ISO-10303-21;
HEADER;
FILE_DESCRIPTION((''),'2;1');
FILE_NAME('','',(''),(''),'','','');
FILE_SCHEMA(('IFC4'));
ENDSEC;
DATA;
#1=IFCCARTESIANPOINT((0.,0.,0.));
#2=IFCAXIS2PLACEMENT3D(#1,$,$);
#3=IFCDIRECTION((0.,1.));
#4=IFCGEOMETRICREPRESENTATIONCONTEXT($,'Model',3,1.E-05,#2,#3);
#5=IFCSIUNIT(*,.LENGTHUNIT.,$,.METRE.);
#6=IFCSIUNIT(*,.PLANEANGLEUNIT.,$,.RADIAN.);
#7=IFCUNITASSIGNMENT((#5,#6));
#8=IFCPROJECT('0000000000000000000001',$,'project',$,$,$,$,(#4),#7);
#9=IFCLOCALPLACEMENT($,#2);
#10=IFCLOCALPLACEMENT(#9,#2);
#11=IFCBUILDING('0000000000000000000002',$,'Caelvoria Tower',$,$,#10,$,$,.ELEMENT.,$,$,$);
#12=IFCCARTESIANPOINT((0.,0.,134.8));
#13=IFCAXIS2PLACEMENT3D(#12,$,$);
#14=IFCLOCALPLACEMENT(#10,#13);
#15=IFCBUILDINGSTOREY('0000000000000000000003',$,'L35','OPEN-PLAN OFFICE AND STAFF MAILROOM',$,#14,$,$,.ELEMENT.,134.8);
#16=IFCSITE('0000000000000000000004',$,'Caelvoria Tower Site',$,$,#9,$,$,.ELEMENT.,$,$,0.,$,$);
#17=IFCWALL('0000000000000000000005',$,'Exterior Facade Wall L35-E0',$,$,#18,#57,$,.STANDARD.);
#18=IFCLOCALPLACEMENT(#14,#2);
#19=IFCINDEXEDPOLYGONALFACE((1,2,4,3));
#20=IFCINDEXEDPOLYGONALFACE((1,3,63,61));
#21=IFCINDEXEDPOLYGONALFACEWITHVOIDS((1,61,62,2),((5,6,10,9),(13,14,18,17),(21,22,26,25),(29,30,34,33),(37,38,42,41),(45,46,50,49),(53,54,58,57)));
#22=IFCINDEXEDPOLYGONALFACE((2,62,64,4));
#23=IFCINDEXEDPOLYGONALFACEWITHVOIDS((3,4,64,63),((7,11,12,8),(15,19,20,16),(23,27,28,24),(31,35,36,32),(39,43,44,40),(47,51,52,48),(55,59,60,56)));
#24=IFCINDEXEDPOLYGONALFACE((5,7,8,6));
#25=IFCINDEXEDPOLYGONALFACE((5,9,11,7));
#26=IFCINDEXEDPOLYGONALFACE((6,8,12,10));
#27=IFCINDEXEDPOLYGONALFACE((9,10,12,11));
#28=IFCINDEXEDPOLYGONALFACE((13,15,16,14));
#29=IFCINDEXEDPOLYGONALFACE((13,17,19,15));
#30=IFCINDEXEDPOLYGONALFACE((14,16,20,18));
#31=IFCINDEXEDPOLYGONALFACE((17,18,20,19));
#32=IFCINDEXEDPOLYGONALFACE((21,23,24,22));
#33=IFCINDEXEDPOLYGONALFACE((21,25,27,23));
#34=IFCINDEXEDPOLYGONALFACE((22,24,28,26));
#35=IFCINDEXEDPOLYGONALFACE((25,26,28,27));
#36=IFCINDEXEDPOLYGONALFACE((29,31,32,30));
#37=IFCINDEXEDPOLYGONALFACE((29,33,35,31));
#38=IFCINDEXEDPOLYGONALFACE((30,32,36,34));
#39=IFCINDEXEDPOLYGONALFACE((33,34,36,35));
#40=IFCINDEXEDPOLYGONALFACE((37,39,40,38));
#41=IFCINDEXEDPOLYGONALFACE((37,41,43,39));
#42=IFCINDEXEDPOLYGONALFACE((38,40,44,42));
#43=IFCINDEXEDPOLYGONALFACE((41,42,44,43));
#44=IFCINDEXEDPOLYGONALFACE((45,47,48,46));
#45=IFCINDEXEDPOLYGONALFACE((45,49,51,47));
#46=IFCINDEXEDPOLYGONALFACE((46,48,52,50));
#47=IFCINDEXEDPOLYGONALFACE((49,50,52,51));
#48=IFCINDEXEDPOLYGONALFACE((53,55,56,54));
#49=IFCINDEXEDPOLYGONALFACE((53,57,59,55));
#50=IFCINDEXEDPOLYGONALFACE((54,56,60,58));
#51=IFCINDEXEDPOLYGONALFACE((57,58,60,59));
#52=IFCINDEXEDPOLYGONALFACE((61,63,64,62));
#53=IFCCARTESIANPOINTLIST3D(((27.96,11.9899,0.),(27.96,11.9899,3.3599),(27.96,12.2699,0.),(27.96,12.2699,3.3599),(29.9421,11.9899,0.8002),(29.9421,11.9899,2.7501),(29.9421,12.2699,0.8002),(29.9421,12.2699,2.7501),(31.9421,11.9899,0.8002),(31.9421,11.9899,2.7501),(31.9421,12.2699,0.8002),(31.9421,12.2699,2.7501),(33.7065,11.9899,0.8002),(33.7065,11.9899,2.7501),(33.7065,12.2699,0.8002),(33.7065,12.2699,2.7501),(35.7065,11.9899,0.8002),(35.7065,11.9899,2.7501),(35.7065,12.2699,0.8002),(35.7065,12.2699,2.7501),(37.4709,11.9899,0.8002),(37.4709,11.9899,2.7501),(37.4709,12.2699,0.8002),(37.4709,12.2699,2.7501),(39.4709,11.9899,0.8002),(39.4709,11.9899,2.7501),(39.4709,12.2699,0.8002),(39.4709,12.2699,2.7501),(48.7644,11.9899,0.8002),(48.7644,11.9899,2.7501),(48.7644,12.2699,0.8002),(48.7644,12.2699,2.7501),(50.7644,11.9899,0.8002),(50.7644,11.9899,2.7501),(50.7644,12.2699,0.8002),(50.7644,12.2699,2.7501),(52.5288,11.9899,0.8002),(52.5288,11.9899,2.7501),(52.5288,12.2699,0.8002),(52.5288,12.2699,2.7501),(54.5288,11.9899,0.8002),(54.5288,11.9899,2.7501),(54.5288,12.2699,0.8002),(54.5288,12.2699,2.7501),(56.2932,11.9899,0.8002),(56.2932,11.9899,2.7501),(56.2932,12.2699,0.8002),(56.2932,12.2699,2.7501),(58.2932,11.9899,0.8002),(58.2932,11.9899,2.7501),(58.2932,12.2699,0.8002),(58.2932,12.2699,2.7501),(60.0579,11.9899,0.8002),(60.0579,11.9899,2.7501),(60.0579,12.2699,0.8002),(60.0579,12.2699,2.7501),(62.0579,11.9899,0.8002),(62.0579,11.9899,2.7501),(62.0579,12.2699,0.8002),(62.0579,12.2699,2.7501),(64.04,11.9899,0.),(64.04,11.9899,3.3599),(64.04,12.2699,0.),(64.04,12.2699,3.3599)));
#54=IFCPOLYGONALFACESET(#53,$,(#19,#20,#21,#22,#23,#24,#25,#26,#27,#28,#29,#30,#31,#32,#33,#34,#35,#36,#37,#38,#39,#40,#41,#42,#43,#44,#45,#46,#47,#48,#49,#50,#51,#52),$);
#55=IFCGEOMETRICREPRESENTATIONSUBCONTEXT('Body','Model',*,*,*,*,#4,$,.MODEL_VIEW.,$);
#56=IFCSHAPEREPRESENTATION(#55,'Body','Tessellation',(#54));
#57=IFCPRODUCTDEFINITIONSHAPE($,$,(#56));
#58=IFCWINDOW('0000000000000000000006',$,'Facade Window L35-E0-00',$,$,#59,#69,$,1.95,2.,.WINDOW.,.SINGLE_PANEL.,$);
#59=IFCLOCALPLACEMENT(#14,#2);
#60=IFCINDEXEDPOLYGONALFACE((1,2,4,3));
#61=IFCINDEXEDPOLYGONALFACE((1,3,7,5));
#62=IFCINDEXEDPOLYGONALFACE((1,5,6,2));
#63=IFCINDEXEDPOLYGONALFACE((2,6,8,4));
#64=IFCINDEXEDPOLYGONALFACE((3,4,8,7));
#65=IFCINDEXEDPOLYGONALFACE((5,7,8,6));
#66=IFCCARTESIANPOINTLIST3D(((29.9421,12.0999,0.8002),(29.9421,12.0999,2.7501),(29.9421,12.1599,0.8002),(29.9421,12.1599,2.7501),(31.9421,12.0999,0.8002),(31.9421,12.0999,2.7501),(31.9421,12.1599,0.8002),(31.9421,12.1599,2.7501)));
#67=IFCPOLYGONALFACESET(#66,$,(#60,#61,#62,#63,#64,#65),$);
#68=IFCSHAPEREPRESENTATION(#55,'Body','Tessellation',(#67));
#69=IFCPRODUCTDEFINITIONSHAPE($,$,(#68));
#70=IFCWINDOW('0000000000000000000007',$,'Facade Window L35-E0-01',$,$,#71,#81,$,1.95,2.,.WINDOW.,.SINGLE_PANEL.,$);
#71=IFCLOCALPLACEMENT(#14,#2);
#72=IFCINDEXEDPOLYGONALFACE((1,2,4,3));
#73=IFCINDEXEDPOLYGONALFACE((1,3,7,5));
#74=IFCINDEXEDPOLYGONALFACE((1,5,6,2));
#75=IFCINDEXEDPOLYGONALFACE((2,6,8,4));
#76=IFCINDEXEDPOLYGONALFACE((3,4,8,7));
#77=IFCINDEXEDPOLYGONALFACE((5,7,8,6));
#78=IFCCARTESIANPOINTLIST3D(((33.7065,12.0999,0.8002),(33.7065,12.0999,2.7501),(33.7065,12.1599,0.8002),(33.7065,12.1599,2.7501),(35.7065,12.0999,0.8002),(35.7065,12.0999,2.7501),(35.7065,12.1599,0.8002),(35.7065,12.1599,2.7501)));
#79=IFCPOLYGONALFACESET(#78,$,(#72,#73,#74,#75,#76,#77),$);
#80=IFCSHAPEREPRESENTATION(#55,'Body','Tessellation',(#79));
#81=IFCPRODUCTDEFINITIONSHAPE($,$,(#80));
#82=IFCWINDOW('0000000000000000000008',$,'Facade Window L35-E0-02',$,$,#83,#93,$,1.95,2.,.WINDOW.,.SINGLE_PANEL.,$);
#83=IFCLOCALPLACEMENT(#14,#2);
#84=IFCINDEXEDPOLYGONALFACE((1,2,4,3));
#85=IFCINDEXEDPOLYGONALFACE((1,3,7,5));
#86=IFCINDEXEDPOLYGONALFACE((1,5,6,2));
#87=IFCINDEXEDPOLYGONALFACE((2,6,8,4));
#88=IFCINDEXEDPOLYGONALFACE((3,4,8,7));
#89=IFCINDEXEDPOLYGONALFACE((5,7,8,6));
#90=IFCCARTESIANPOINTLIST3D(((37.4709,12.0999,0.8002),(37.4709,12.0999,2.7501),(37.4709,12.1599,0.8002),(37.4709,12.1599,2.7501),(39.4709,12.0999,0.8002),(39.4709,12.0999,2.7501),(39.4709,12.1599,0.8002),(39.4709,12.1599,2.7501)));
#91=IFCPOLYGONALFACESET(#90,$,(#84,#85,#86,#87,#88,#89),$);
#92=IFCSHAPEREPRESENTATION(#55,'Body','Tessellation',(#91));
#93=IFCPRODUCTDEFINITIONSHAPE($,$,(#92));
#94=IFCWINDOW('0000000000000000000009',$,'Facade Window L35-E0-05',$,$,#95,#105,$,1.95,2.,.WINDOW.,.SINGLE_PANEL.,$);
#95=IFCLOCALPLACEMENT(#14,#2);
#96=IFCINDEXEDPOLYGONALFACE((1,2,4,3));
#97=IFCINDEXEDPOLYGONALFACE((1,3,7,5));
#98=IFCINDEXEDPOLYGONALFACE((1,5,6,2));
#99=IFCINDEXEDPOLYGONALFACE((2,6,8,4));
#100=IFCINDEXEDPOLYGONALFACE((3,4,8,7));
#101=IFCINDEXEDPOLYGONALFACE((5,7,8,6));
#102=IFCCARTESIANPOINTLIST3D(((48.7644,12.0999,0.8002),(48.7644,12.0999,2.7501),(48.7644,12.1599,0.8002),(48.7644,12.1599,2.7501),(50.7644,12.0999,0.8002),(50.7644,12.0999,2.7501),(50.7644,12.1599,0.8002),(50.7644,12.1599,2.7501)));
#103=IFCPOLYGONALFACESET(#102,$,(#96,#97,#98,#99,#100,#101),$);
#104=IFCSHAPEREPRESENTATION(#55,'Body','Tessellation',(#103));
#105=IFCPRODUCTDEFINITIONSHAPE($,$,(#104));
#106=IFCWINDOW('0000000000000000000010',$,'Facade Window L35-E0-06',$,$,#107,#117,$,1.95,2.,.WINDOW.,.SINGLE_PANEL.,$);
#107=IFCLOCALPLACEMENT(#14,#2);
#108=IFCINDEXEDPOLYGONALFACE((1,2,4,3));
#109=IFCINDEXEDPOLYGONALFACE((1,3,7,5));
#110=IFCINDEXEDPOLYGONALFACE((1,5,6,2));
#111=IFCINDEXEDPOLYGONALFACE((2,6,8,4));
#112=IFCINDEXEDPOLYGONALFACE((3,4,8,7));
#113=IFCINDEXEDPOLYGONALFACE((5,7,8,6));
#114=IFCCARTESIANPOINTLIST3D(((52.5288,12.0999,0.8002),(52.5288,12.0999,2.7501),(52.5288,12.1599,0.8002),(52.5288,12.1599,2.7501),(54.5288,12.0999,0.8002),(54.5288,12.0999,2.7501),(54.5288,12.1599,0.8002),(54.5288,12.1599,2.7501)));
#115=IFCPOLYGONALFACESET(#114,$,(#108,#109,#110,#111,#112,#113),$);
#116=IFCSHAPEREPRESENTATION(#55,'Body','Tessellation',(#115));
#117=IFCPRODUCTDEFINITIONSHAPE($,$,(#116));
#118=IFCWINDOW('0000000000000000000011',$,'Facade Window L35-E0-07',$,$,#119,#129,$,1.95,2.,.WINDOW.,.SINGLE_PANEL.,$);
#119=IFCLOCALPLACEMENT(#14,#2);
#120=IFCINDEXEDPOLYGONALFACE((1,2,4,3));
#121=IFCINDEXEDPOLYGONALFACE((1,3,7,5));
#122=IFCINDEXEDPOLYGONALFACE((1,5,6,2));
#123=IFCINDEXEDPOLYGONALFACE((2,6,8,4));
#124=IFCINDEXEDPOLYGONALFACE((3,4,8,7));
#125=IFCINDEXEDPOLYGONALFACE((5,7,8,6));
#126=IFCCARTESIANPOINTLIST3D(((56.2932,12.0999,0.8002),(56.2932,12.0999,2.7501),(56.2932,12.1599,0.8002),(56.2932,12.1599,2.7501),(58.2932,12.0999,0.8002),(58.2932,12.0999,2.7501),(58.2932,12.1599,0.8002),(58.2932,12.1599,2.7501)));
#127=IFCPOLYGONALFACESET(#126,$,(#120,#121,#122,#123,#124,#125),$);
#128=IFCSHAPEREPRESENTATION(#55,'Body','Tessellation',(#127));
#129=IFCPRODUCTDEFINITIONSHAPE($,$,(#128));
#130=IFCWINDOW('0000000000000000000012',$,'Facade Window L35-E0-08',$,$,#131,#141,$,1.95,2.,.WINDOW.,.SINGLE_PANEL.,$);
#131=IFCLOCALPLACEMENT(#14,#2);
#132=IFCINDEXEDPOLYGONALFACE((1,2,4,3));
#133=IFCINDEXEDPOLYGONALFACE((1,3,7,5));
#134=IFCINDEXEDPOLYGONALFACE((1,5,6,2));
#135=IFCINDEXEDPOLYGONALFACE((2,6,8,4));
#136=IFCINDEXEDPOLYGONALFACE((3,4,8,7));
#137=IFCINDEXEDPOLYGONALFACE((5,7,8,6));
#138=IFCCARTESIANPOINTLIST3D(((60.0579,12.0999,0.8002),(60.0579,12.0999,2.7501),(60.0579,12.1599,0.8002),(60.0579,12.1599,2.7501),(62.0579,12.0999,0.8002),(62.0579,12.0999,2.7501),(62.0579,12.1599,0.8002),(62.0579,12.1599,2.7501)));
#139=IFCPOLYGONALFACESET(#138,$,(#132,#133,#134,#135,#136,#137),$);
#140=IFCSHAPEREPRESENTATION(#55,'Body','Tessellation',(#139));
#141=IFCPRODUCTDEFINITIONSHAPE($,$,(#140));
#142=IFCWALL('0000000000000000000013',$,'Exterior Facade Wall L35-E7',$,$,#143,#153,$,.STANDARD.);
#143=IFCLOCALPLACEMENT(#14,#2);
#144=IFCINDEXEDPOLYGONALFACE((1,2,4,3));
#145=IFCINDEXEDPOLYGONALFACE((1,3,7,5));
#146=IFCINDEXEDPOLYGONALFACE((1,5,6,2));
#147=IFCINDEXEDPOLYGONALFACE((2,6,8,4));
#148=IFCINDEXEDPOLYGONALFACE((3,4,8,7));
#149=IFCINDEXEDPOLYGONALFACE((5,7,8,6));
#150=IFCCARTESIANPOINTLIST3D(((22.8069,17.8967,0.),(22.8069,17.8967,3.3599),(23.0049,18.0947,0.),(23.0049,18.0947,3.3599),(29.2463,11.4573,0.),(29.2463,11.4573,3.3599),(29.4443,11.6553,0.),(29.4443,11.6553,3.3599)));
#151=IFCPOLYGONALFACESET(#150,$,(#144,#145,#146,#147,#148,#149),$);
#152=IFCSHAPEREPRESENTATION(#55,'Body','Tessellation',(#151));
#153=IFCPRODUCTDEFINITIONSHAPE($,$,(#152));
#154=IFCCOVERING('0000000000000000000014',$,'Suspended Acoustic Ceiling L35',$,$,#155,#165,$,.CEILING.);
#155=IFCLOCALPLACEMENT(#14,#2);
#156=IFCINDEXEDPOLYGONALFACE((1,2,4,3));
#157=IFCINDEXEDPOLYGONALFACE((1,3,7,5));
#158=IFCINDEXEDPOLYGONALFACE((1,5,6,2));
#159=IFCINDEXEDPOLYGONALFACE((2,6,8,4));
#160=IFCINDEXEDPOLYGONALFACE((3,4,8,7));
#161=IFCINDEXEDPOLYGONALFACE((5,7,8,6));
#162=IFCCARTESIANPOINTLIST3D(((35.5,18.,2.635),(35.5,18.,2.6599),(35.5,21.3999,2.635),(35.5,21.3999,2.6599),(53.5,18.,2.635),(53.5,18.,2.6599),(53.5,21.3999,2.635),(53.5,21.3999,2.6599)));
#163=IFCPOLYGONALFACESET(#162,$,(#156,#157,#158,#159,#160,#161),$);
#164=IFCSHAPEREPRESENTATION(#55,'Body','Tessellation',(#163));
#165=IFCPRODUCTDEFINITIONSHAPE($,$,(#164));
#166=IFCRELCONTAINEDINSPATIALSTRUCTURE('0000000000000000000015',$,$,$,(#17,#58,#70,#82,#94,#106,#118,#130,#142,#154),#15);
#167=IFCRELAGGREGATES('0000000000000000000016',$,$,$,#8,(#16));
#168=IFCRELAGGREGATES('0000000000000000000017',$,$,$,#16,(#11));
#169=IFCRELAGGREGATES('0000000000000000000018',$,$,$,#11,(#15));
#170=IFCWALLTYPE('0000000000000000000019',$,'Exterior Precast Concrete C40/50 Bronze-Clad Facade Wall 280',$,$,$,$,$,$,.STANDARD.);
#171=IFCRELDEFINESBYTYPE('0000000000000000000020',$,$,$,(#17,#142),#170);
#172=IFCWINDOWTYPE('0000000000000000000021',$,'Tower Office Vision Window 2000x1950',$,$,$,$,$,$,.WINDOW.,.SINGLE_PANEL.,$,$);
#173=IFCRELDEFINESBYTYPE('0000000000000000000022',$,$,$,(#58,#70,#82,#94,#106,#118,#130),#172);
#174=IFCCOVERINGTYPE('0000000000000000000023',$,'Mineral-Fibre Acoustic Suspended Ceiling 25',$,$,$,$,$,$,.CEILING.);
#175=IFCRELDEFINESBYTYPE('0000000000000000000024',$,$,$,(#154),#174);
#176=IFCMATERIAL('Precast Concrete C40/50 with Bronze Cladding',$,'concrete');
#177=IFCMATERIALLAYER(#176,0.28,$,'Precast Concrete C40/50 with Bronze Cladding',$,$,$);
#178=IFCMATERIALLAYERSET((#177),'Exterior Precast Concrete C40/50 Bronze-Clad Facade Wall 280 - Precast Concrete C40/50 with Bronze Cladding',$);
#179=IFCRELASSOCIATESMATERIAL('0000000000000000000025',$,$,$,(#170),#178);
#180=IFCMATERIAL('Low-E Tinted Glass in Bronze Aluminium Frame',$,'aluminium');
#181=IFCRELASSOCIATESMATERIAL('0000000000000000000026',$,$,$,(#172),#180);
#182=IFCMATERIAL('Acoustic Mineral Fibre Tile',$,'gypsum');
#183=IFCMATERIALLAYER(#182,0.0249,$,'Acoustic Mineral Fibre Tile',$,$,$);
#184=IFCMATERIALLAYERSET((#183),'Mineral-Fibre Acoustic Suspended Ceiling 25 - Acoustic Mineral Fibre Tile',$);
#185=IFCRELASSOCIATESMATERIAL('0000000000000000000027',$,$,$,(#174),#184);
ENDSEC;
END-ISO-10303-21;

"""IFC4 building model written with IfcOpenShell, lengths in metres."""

from ifc_helpers import new_model, si_unit, direction, frame, frame_2d, origin, place, context, subcontext, project, spatial, polyline, rectangle, outline, extrude, material, layer, layer_set, type_object, element, fill, save


model = new_model("IFC4")

# Units and contexts
model_context = context("Model", 3, precision=1e-05, world=origin(), true_north=direction((0.0, 1.0)))
body_context = subcontext(model_context, "Body", "Model", "MODEL_VIEW")
ifc_project = project(units=[si_unit("LENGTHUNIT", "METRE"), si_unit("PLANEANGLEUNIT", "RADIAN")], contexts=[model_context])

# Site, building, storey
site_placement = place(None, origin())
site = spatial("IfcSite", under=ifc_project, at=site_placement, Name="Caelvoria Tower Site", CompositionType="ELEMENT", RefElevation=0.0)
building_placement = place(site_placement, origin())
building = spatial("IfcBuilding", under=site, at=building_placement, Name="Caelvoria Tower", CompositionType="ELEMENT")
storey_placement = place(building_placement, frame((0.0, 0.0, 134.8)))
storey = spatial("IfcBuildingStorey", under=building, at=storey_placement, Name="L35", Description="OPEN-PLAN OFFICE AND STAFF MAILROOM", CompositionType="ELEMENT", Elevation=134.8)

# Wall, openings, windows
ifc_material_1 = material(Name="Precast Concrete C40/50 with Bronze Cladding", Category="concrete")
ifc_layer_1 = layer(ifc_material_1, 0.28, Name="Precast Concrete C40/50 with Bronze Cladding")
ifc_layer_set_1 = layer_set([ifc_layer_1], Name="Exterior Precast Concrete C40/50 Bronze-Clad Facade Wall 280 - Precast Concrete C40/50 with Bronze Cladding")
wall_type = type_object("IfcWallType", Name="Exterior Precast Concrete C40/50 Bronze-Clad Facade Wall 280", PredefinedType="STANDARD", material=ifc_layer_set_1)
wall_1_placement = place(storey_placement, frame((27.96, 12.1299, 0.0), z_axis=(0.0, 0.0, 1.0), x_axis=(1.0, 0.0, 0.0)))
wall_1 = element("IfcWall", 1, at=wall_1_placement, inside=storey, type_object=wall_type, Name="Exterior Facade Wall L35-E0", PredefinedType="STANDARD", context=body_context, shape_type="SweptSolid", body=[
    extrude(rectangle(XDim=36.0801, YDim=0.28, at=frame_2d((18.04, 0.0))), origin(), (0.0, 0.0, 1.0), 3.3599),
])
opening_1_placement = place(wall_1_placement, frame((1.9822, 0.0, 0.8)))
opening_1 = element("IfcOpeningElement", 2, at=opening_1_placement, cuts=wall_1, PredefinedType="OPENING", context=body_context, shape_type="SweptSolid", body=[
    extrude(rectangle(XDim=2.0, YDim=1.95, at=frame_2d((1.0, 0.9751))), frame((0.0, 0.1499, 0.0), z_axis=(0.0, -1.0, 0.0), x_axis=(1.0, 0.0, 0.0)), (0.0, 0.0, 1.0), 0.3),
])
opening_2_placement = place(wall_1_placement, frame((5.7466, 0.0, 0.8)))
opening_2 = element("IfcOpeningElement", 3, at=opening_2_placement, cuts=wall_1, PredefinedType="OPENING", context=body_context, shape_type="SweptSolid", body=[
    extrude(rectangle(XDim=2.0, YDim=1.95, at=frame_2d((1.0, 0.9751))), frame((0.0, 0.1499, 0.0), z_axis=(0.0, -1.0, 0.0), x_axis=(1.0, 0.0, 0.0)), (0.0, 0.0, 1.0), 0.3),
])
opening_3_placement = place(wall_1_placement, frame((9.511, 0.0, 0.8)))
opening_3 = element("IfcOpeningElement", 4, at=opening_3_placement, cuts=wall_1, PredefinedType="OPENING", context=body_context, shape_type="SweptSolid", body=[
    extrude(rectangle(XDim=2.0, YDim=1.95, at=frame_2d((1.0, 0.9751))), frame((0.0, 0.1499, 0.0), z_axis=(0.0, -1.0, 0.0), x_axis=(1.0, 0.0, 0.0)), (0.0, 0.0, 1.0), 0.3),
])
opening_4_placement = place(wall_1_placement, frame((20.8044, 0.0, 0.8)))
opening_4 = element("IfcOpeningElement", 5, at=opening_4_placement, cuts=wall_1, PredefinedType="OPENING", context=body_context, shape_type="SweptSolid", body=[
    extrude(rectangle(XDim=2.0, YDim=1.95, at=frame_2d((1.0, 0.9751))), frame((0.0, 0.1499, 0.0), z_axis=(0.0, -1.0, 0.0), x_axis=(1.0, 0.0, 0.0)), (0.0, 0.0, 1.0), 0.3),
])
opening_5_placement = place(wall_1_placement, frame((24.5688, 0.0, 0.8)))
opening_5 = element("IfcOpeningElement", 6, at=opening_5_placement, cuts=wall_1, PredefinedType="OPENING", context=body_context, shape_type="SweptSolid", body=[
    extrude(rectangle(XDim=2.0, YDim=1.95, at=frame_2d((1.0, 0.9751))), frame((0.0, 0.1499, 0.0), z_axis=(0.0, -1.0, 0.0), x_axis=(1.0, 0.0, 0.0)), (0.0, 0.0, 1.0), 0.3),
])
opening_6_placement = place(wall_1_placement, frame((28.3333, 0.0, 0.8)))
opening_6 = element("IfcOpeningElement", 7, at=opening_6_placement, cuts=wall_1, PredefinedType="OPENING", context=body_context, shape_type="SweptSolid", body=[
    extrude(rectangle(XDim=2.0, YDim=1.95, at=frame_2d((1.0, 0.9751))), frame((0.0, 0.1499, 0.0), z_axis=(0.0, -1.0, 0.0), x_axis=(1.0, 0.0, 0.0)), (0.0, 0.0, 1.0), 0.3),
])
opening_7_placement = place(wall_1_placement, frame((32.0979, 0.0, 0.8)))
opening_7 = element("IfcOpeningElement", 8, at=opening_7_placement, cuts=wall_1, PredefinedType="OPENING", context=body_context, shape_type="SweptSolid", body=[
    extrude(rectangle(XDim=2.0, YDim=1.95, at=frame_2d((1.0, 0.9751))), frame((0.0, 0.1499, 0.0), z_axis=(0.0, -1.0, 0.0), x_axis=(1.0, 0.0, 0.0)), (0.0, 0.0, 1.0), 0.3),
])
ifc_material_2 = material(Name="Low-E Tinted Glass in Bronze Aluminium Frame", Category="aluminium")
window_type = type_object("IfcWindowType", Name="Tower Office Vision Window 2000x1950", PartitioningType="SINGLE_PANEL", PredefinedType="WINDOW", material=ifc_material_2)
window_1_placement = place(opening_1_placement, origin())
window_1 = element("IfcWindow", 9, at=window_1_placement, inside=storey, type_object=window_type, Name="Facade Window L35-E0-00", OverallHeight=1.95, OverallWidth=2.0, PartitioningType="SINGLE_PANEL", PredefinedType="WINDOW", context=body_context, shape_type="SweptSolid", body=[
    extrude(rectangle(XDim=2.0, YDim=1.95, at=frame_2d((1.0, 0.9751))), frame((0.0, 0.03, 0.0), z_axis=(0.0, -1.0, 0.0), x_axis=(1.0, 0.0, 0.0)), (0.0, 0.0, 1.0), 0.0601),
])
fill(opening_1, window_1)
window_2_placement = place(opening_2_placement, origin())
window_2 = element("IfcWindow", 10, at=window_2_placement, inside=storey, type_object=window_type, Name="Facade Window L35-E0-01", OverallHeight=1.95, OverallWidth=2.0, PartitioningType="SINGLE_PANEL", PredefinedType="WINDOW", context=body_context, shape_type="SweptSolid", body=[
    extrude(rectangle(XDim=2.0, YDim=1.95, at=frame_2d((1.0, 0.9751))), frame((0.0, 0.03, 0.0), z_axis=(0.0, -1.0, 0.0), x_axis=(1.0, 0.0, 0.0)), (0.0, 0.0, 1.0), 0.0601),
])
fill(opening_2, window_2)
window_3_placement = place(opening_3_placement, origin())
window_3 = element("IfcWindow", 11, at=window_3_placement, inside=storey, type_object=window_type, Name="Facade Window L35-E0-02", OverallHeight=1.95, OverallWidth=2.0, PartitioningType="SINGLE_PANEL", PredefinedType="WINDOW", context=body_context, shape_type="SweptSolid", body=[
    extrude(rectangle(XDim=2.0, YDim=1.95, at=frame_2d((1.0, 0.9751))), frame((0.0, 0.03, 0.0), z_axis=(0.0, -1.0, 0.0), x_axis=(1.0, 0.0, 0.0)), (0.0, 0.0, 1.0), 0.0601),
])
fill(opening_3, window_3)
window_4_placement = place(opening_4_placement, origin())
window_4 = element("IfcWindow", 12, at=window_4_placement, inside=storey, type_object=window_type, Name="Facade Window L35-E0-05", OverallHeight=1.95, OverallWidth=2.0, PartitioningType="SINGLE_PANEL", PredefinedType="WINDOW", context=body_context, shape_type="SweptSolid", body=[
    extrude(rectangle(XDim=2.0, YDim=1.95, at=frame_2d((1.0, 0.9751))), frame((0.0, 0.03, 0.0), z_axis=(0.0, -1.0, 0.0), x_axis=(1.0, 0.0, 0.0)), (0.0, 0.0, 1.0), 0.0601),
])
fill(opening_4, window_4)
window_5_placement = place(opening_5_placement, origin())
window_5 = element("IfcWindow", 13, at=window_5_placement, inside=storey, type_object=window_type, Name="Facade Window L35-E0-06", OverallHeight=1.95, OverallWidth=2.0, PartitioningType="SINGLE_PANEL", PredefinedType="WINDOW", context=body_context, shape_type="SweptSolid", body=[
    extrude(rectangle(XDim=2.0, YDim=1.95, at=frame_2d((1.0, 0.9751))), frame((0.0, 0.03, 0.0), z_axis=(0.0, -1.0, 0.0), x_axis=(1.0, 0.0, 0.0)), (0.0, 0.0, 1.0), 0.0601),
])
fill(opening_5, window_5)
window_6_placement = place(opening_6_placement, origin())
window_6 = element("IfcWindow", 14, at=window_6_placement, inside=storey, type_object=window_type, Name="Facade Window L35-E0-07", OverallHeight=1.95, OverallWidth=2.0, PartitioningType="SINGLE_PANEL", PredefinedType="WINDOW", context=body_context, shape_type="SweptSolid", body=[
    extrude(rectangle(XDim=2.0, YDim=1.95, at=frame_2d((1.0, 0.9751))), frame((0.0, 0.03, 0.0), z_axis=(0.0, -1.0, 0.0), x_axis=(1.0, 0.0, 0.0)), (0.0, 0.0, 1.0), 0.0601),
])
fill(opening_6, window_6)
window_7_placement = place(opening_7_placement, origin())
window_7 = element("IfcWindow", 15, at=window_7_placement, inside=storey, type_object=window_type, Name="Facade Window L35-E0-08", OverallHeight=1.95, OverallWidth=2.0, PartitioningType="SINGLE_PANEL", PredefinedType="WINDOW", context=body_context, shape_type="SweptSolid", body=[
    extrude(rectangle(XDim=2.0, YDim=1.95, at=frame_2d((1.0, 0.9751))), frame((0.0, 0.03, 0.0), z_axis=(0.0, -1.0, 0.0), x_axis=(1.0, 0.0, 0.0)), (0.0, 0.0, 1.0), 0.0601),
])
fill(opening_7, window_7)

# Wall
wall_2_placement = place(storey_placement, frame((22.906, 17.9956, 0.0), z_axis=(0.0, 0.0, 1.0), x_axis=(0.707107, -0.707107, 0.0)))
element("IfcWall", 16, at=wall_2_placement, inside=storey, type_object=wall_type, Name="Exterior Facade Wall L35-E7", PredefinedType="STANDARD", context=body_context, shape_type="SweptSolid", body=[
    extrude(rectangle(XDim=9.1067, YDim=0.28, at=frame_2d((4.5532, 0.0))), origin(), (0.0, 0.0, 1.0), 3.3599),
])

# Covering
ifc_material_3 = material(Name="Acoustic Mineral Fibre Tile", Category="gypsum")
ifc_layer_2 = layer(ifc_material_3, 0.0249, Name="Acoustic Mineral Fibre Tile")
ifc_layer_set_2 = layer_set([ifc_layer_2], Name="Mineral-Fibre Acoustic Suspended Ceiling 25 - Acoustic Mineral Fibre Tile")
covering_type_1 = type_object("IfcCoveringType", Name="Mineral-Fibre Acoustic Suspended Ceiling 25", PredefinedType="CEILING", material=ifc_layer_set_2)
covering_1_placement = place(storey_placement, frame((0.0, 0.0, 2.635)))
element("IfcCovering", 17, at=covering_1_placement, inside=storey, type_object=covering_type_1, Name="Suspended Acoustic Ceiling L35", PredefinedType="CEILING", context=body_context, shape_type="SweptSolid", body=[
    extrude(outline(polyline([(35.5, 18.0), (53.5, 18.0), (53.5, 21.3999), (35.5, 21.3999), (35.5, 18.0)])), origin(), (0.0, 0.0, 1.0), 0.0249),
])

save(model, "model.ifc")
